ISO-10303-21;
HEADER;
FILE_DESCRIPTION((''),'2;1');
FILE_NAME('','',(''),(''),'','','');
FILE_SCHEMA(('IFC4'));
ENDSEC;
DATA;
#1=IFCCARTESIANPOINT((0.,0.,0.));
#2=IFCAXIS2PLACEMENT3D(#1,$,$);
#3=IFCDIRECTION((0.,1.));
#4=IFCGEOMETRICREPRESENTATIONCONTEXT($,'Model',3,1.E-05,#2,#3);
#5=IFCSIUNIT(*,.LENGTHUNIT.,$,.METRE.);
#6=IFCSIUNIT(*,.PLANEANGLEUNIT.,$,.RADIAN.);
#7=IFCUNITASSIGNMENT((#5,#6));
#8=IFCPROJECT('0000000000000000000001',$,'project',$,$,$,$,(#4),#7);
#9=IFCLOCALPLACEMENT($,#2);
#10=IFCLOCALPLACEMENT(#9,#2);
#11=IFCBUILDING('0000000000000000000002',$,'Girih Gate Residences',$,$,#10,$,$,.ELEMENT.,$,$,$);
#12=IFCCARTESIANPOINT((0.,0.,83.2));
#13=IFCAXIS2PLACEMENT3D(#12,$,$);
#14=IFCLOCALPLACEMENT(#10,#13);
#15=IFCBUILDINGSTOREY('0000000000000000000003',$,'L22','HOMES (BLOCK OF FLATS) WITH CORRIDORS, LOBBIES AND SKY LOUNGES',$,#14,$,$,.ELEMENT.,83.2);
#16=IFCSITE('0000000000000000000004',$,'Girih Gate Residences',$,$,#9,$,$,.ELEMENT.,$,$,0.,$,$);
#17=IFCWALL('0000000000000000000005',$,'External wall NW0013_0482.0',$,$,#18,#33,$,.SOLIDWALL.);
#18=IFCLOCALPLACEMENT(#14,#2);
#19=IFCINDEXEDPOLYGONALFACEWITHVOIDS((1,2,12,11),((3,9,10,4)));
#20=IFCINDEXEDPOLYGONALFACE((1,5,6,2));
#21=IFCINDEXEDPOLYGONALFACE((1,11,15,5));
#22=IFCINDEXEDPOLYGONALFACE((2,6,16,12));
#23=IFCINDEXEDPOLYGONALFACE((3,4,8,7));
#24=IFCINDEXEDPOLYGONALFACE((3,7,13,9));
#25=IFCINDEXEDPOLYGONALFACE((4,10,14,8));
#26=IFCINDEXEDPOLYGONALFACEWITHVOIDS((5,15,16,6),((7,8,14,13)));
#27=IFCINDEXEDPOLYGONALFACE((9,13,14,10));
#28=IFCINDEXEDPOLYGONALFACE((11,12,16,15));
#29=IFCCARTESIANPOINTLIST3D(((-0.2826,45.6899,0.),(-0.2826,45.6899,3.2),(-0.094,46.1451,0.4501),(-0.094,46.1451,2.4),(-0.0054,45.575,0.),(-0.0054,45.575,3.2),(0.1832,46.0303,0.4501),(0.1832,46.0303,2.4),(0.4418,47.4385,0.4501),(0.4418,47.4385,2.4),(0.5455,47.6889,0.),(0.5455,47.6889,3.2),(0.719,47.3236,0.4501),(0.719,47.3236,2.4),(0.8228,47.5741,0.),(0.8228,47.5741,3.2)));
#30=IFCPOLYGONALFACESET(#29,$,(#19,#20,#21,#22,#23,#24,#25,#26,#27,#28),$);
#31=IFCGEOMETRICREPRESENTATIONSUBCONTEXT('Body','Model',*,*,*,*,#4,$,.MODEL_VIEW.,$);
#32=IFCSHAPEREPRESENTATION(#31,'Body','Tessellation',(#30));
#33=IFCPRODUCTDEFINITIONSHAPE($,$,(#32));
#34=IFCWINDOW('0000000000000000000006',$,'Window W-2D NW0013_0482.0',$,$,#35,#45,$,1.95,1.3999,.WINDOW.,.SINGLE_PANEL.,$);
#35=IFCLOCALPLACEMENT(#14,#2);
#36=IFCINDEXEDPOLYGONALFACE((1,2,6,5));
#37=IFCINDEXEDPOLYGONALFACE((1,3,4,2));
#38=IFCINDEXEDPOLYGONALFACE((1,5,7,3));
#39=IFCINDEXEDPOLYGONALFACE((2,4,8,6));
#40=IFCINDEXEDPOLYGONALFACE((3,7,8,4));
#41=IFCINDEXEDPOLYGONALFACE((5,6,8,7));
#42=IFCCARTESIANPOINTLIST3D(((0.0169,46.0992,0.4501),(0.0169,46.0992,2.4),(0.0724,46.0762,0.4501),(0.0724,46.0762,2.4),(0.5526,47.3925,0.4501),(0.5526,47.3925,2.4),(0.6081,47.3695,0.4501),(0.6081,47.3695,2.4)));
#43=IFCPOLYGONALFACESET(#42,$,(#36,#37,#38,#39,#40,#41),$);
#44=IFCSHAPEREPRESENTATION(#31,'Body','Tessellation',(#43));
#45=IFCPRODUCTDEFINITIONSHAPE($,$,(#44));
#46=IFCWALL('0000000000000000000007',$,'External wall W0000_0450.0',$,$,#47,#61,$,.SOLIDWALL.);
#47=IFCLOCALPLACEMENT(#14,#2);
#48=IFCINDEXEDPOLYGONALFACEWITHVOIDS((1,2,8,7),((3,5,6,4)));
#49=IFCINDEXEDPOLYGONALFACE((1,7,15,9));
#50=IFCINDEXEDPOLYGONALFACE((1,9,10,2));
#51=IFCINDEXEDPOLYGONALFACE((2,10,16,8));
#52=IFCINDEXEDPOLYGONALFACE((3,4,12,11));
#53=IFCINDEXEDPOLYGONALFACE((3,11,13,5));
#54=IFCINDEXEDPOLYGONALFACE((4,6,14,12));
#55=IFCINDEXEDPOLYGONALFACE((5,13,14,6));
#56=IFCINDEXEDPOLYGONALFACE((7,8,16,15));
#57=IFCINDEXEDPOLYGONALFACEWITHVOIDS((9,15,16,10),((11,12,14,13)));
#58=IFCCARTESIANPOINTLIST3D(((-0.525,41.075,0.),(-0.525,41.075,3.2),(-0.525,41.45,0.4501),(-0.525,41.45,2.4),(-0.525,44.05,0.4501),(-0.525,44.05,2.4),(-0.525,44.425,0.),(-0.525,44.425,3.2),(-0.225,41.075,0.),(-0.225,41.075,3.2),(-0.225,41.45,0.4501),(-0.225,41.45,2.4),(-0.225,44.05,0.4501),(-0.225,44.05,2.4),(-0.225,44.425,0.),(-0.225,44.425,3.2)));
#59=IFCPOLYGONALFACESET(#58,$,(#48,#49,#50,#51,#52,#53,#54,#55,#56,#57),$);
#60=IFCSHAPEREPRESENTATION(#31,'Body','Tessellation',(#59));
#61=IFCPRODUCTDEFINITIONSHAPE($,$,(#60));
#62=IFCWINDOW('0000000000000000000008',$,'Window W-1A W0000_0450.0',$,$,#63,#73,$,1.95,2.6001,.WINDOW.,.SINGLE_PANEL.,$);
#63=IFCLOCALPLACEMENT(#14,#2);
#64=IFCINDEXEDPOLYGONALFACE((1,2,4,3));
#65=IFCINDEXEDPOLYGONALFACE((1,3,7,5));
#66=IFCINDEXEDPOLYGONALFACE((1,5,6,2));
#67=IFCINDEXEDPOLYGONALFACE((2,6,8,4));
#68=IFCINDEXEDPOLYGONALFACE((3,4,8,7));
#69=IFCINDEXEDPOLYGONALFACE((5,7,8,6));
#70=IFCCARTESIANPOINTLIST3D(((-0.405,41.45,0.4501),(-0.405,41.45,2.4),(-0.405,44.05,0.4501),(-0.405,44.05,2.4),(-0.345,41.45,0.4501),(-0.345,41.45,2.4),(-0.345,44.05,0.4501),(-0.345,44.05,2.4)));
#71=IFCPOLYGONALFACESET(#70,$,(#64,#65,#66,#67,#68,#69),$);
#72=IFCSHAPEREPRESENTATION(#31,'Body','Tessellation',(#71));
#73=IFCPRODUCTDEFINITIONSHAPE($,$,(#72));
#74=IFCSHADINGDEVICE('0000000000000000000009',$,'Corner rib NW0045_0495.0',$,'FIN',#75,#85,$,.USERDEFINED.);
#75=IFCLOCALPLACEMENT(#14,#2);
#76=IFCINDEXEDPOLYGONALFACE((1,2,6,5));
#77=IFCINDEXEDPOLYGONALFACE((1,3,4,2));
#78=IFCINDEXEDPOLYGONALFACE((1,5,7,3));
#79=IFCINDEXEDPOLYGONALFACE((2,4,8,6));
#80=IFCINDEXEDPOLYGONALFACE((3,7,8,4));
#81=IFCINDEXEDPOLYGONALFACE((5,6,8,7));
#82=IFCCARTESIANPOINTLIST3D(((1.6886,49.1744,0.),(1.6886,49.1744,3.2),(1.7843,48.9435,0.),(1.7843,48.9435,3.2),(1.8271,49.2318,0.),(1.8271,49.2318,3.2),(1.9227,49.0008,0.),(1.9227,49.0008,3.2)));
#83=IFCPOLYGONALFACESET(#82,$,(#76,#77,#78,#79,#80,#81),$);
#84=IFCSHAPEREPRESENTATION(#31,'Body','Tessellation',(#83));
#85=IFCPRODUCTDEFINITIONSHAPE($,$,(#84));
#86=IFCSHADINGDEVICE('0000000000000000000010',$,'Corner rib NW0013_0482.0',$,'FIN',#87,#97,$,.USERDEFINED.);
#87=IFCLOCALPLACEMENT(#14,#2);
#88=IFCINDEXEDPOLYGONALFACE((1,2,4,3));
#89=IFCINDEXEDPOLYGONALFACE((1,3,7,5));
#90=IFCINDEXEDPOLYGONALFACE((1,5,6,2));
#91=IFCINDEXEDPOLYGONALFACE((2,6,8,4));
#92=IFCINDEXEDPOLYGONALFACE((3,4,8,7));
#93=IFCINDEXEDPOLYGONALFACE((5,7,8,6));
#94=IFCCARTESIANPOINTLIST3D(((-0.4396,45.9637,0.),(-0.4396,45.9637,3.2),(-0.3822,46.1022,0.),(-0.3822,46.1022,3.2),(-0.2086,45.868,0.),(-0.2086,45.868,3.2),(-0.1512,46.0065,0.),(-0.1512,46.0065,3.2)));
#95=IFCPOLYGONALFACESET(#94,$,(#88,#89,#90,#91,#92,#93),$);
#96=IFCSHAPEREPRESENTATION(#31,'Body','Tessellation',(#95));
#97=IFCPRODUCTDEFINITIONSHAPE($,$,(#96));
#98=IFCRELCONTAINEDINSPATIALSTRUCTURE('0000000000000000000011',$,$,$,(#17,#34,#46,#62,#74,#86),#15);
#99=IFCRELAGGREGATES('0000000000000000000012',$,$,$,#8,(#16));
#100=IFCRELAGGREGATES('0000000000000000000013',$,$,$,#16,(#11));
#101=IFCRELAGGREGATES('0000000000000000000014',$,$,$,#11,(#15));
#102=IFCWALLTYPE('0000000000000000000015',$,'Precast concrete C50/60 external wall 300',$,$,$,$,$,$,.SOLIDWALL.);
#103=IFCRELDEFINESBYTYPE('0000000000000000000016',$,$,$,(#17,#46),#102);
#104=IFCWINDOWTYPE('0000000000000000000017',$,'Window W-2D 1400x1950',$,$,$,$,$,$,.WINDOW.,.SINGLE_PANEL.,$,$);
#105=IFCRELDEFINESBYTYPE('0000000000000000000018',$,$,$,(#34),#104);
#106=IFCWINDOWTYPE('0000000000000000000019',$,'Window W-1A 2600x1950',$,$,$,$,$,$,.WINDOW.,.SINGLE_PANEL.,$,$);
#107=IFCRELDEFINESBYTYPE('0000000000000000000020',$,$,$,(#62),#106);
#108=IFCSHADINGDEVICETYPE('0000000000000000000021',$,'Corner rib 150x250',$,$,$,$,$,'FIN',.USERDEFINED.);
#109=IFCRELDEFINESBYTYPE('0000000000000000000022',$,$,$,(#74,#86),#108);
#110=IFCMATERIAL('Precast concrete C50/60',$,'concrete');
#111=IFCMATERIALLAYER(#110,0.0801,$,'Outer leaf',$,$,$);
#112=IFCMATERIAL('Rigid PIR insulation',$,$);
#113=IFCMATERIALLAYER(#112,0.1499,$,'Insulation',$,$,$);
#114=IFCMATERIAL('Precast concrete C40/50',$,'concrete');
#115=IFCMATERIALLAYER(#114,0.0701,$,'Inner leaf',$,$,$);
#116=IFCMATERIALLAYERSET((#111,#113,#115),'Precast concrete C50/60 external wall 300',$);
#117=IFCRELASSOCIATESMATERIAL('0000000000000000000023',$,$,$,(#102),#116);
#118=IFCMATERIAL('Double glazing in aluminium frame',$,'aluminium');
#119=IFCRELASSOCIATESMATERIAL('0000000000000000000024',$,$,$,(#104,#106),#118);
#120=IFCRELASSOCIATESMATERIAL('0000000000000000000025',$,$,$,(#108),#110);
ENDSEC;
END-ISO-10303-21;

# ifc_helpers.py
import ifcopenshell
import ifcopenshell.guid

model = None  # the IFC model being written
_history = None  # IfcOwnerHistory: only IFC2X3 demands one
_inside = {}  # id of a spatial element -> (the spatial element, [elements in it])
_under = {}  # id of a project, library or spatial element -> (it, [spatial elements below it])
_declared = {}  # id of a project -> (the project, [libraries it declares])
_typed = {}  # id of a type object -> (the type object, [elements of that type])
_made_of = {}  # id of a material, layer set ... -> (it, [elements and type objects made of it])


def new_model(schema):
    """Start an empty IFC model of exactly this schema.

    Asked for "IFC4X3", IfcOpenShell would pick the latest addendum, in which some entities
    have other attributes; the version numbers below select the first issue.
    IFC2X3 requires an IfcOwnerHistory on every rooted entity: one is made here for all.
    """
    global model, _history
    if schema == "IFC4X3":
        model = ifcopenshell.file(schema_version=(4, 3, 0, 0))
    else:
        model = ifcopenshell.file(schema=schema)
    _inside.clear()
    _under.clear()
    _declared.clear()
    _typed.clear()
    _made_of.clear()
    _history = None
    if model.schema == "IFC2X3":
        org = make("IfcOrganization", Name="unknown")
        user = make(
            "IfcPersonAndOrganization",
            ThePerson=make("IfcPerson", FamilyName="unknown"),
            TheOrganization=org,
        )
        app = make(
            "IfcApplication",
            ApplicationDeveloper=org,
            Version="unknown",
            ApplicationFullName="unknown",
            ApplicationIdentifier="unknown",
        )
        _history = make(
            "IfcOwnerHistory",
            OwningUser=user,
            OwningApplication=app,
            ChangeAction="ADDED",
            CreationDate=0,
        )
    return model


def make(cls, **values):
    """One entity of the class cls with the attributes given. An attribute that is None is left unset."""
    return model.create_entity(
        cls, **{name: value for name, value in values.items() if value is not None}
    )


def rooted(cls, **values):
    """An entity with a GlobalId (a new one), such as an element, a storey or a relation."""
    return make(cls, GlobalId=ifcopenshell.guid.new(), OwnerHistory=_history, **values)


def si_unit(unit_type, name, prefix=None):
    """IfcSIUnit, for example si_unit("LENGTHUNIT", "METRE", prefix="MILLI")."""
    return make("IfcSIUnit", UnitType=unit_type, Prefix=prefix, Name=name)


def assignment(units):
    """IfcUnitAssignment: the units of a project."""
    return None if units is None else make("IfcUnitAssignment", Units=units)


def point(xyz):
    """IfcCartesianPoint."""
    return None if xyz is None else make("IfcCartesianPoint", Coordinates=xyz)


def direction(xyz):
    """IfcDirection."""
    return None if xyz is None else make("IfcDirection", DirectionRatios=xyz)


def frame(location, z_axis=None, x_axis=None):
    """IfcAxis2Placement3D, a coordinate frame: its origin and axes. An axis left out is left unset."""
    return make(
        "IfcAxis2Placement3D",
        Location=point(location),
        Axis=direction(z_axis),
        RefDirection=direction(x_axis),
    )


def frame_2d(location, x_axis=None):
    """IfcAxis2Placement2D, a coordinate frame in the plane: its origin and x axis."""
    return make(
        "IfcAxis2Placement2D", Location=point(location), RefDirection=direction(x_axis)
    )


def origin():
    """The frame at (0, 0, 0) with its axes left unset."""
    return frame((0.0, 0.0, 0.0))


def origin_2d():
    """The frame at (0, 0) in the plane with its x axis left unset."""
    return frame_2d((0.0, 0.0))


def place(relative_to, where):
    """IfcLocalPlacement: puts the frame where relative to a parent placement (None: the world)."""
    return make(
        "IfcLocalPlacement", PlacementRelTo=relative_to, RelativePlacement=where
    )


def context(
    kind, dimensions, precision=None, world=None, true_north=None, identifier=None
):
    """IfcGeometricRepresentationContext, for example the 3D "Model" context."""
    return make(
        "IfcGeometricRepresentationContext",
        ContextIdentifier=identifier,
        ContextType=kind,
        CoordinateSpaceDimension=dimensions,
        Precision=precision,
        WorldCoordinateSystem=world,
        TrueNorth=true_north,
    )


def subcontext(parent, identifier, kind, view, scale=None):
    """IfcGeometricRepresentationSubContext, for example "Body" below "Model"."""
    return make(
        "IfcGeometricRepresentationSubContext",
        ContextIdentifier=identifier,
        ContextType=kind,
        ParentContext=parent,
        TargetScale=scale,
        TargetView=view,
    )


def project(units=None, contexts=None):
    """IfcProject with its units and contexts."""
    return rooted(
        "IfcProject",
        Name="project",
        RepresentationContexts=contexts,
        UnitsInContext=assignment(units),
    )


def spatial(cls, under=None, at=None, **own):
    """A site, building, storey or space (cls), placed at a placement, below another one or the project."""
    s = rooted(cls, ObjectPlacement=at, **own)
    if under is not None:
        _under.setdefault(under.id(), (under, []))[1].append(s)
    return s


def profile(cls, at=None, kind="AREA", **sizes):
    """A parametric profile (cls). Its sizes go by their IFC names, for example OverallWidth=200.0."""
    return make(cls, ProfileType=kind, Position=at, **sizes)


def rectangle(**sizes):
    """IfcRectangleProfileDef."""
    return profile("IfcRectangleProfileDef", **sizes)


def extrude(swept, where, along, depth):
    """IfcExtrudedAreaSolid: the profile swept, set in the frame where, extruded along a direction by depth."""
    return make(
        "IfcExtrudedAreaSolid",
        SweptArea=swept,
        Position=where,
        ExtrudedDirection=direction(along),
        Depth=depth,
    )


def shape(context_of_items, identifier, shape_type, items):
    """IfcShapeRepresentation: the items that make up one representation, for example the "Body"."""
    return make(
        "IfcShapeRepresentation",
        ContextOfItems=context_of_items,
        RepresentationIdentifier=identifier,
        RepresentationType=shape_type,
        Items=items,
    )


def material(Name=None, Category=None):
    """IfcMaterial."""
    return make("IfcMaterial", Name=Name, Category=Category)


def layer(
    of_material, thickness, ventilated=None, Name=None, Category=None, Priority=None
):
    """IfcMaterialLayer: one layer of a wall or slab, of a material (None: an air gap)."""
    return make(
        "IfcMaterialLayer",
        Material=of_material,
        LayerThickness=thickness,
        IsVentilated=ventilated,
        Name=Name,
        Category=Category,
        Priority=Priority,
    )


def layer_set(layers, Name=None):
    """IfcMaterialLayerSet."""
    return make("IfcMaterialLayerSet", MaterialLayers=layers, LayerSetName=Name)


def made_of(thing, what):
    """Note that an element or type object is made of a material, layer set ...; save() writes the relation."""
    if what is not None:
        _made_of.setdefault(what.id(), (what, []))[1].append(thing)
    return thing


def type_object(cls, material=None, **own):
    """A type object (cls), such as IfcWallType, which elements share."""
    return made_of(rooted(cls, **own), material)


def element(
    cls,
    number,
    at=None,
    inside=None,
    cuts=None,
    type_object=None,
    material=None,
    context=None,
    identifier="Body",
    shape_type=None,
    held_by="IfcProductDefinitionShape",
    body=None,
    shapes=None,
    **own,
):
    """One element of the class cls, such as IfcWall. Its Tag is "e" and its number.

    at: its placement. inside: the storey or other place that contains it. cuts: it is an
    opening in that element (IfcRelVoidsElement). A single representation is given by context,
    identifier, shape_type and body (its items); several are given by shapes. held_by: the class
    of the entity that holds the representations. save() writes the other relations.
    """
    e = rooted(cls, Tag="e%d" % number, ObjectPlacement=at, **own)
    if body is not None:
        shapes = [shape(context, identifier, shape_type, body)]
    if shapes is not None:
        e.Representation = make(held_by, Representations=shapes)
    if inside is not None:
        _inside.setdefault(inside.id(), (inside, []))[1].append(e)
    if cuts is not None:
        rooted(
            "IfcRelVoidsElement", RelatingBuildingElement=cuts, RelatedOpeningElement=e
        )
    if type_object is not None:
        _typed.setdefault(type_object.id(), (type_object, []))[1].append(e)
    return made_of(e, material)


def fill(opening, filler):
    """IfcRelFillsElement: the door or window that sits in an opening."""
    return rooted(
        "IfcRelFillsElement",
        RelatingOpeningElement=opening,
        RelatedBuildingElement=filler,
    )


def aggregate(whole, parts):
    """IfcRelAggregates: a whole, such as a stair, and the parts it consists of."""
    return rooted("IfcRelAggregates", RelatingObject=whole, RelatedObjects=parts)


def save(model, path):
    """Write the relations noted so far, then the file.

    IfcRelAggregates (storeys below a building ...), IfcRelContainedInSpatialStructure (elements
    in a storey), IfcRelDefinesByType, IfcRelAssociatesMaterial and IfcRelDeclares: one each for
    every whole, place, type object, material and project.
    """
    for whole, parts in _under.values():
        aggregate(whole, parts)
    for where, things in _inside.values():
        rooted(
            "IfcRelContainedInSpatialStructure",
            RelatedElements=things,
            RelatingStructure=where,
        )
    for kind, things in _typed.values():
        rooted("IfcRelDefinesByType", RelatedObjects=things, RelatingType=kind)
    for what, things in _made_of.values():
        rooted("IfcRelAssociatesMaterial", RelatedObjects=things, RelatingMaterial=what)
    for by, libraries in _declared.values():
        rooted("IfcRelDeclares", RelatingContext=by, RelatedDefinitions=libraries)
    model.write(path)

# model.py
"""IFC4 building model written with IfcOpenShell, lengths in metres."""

from ifc_helpers import new_model, si_unit, direction, frame, frame_2d, origin, origin_2d, place, context, subcontext, project, spatial, rectangle, extrude, material, layer, layer_set, type_object, element, fill, save


model = new_model("IFC4")

# Units and contexts
model_context = context("Model", 3, precision=1e-05, world=origin(), true_north=direction((0.0, 1.0)))
body_context = subcontext(model_context, "Body", "Model", "MODEL_VIEW")
ifc_project = project(units=[si_unit("LENGTHUNIT", "METRE"), si_unit("PLANEANGLEUNIT", "RADIAN")], contexts=[model_context])

# Site, building, storey
site_placement = place(None, origin())
site = spatial("IfcSite", under=ifc_project, at=site_placement, Name="Girih Gate Residences", CompositionType="ELEMENT", RefElevation=0.0)
building_placement = place(site_placement, origin())
building = spatial("IfcBuilding", under=site, at=building_placement, Name="Girih Gate Residences", CompositionType="ELEMENT")
storey_placement = place(building_placement, frame((0.0, 0.0, 83.2)))
storey = spatial("IfcBuildingStorey", under=building, at=storey_placement, Name="L22", Description="HOMES (BLOCK OF FLATS) WITH CORRIDORS, LOBBIES AND SKY LOUNGES", CompositionType="ELEMENT", Elevation=83.2)

# Walls, openings, windows
ifc_material_1 = material(Name="Precast concrete C50/60", Category="concrete")
ifc_layer_1 = layer(ifc_material_1, 0.0801, Name="Outer leaf")
ifc_material_2 = material(Name="Rigid PIR insulation")
ifc_layer_2 = layer(ifc_material_2, 0.1499, Name="Insulation")
ifc_material_3 = material(Name="Precast concrete C40/50", Category="concrete")
ifc_layer_3 = layer(ifc_material_3, 0.0701, Name="Inner leaf")
ifc_layer_set_1 = layer_set([ifc_layer_1, ifc_layer_2, ifc_layer_3], Name="Precast concrete C50/60 external wall 300")
wall_type_1 = type_object("IfcWallType", Name="Precast concrete C50/60 external wall 300", PredefinedType="SOLIDWALL", material=ifc_layer_set_1)
ifc_material_4 = material(Name="Double glazing in aluminium frame", Category="aluminium")
window_type_1 = type_object("IfcWindowType", Name="Window W-2D 1400x1950", PartitioningType="SINGLE_PANEL", PredefinedType="WINDOW", material=ifc_material_4)
wall_1_placement = place(storey_placement, frame((-0.144, 45.6323, 0.0), z_axis=(0.0, 0.0, 1.0), x_axis=(0.382724, 0.923863, 0.0)))
wall_1 = element("IfcWall", 1, at=wall_1_placement, inside=storey, type_object=wall_type_1, Name="External wall NW0013_0482.0", PredefinedType="SOLIDWALL", context=body_context, shape_type="SweptSolid", body=[
    extrude(rectangle(XDim=2.1638, YDim=0.3, at=frame_2d((1.082, 0.0))), origin(), (0.0, 0.0, 1.0), 3.2),
])
opening_1_placement = place(wall_1_placement, frame((0.4929, 0.0, 0.45)))
opening_1 = element("IfcOpeningElement", 2, at=opening_1_placement, cuts=wall_1, PredefinedType="OPENING", context=body_context, shape_type="SweptSolid", body=[
    extrude(rectangle(XDim=1.3999, YDim=1.95, at=frame_2d((0.7, 0.9751))), frame((0.0, 0.1599, 0.0), z_axis=(0.0, -1.0, 0.0), x_axis=(1.0, 0.0, 0.0)), (0.0, 0.0, 1.0), 0.3201),
])
window_1_placement = place(opening_1_placement, origin())
window_1 = element("IfcWindow", 3, at=window_1_placement, inside=storey, type_object=window_type_1, Name="Window W-2D NW0013_0482.0", OverallHeight=1.95, OverallWidth=1.3999, PartitioningType="SINGLE_PANEL", PredefinedType="WINDOW", context=body_context, shape_type="SweptSolid", body=[
    extrude(rectangle(XDim=1.3999, YDim=1.95, at=frame_2d((0.7, 0.9751))), frame((0.0, 0.03, 0.0), z_axis=(0.0, -1.0, 0.0), x_axis=(1.0, 0.0, 0.0)), (0.0, 0.0, 1.0), 0.0601),
])
fill(opening_1, window_1)
wall_2_placement = place(storey_placement, frame((-0.375, 41.075, 0.0), z_axis=(0.0, 0.0, 1.0), x_axis=(0.0, 1.0, 0.0)))
wall_2 = element("IfcWall", 4, at=wall_2_placement, inside=storey, type_object=wall_type_1, Name="External wall W0000_0450.0", PredefinedType="SOLIDWALL", context=body_context, shape_type="SweptSolid", body=[
    extrude(rectangle(XDim=3.3501, YDim=0.3, at=frame_2d((1.675, 0.0))), origin(), (0.0, 0.0, 1.0), 3.2),
])
opening_2_placement = place(wall_2_placement, frame((0.375, 0.0, 0.45)))
opening_2 = element("IfcOpeningElement", 5, at=opening_2_placement, cuts=wall_2, PredefinedType="OPENING", context=body_context, shape_type="SweptSolid", body=[
    extrude(rectangle(XDim=2.6001, YDim=1.95, at=frame_2d((1.3, 0.9751))), frame((0.0, 0.1599, 0.0), z_axis=(0.0, -1.0, 0.0), x_axis=(1.0, 0.0, 0.0)), (0.0, 0.0, 1.0), 0.3201),
])
window_type_2 = type_object("IfcWindowType", Name="Window W-1A 2600x1950", PartitioningType="SINGLE_PANEL", PredefinedType="WINDOW", material=ifc_material_4)
window_2_placement = place(opening_2_placement, origin())
window_2 = element("IfcWindow", 6, at=window_2_placement, inside=storey, type_object=window_type_2, Name="Window W-1A W0000_0450.0", OverallHeight=1.95, OverallWidth=2.6001, PartitioningType="SINGLE_PANEL", PredefinedType="WINDOW", context=body_context, shape_type="SweptSolid", body=[
    extrude(rectangle(XDim=2.6001, YDim=1.95, at=frame_2d((1.3, 0.9751))), frame((0.0, 0.03, 0.0), z_axis=(0.0, -1.0, 0.0), x_axis=(1.0, 0.0, 0.0)), (0.0, 0.0, 1.0), 0.0601),
])
fill(opening_2, window_2)

# Shading devices
shading_device_type = type_object("IfcShadingDeviceType", Name="Corner rib 150x250", ElementType="FIN", PredefinedType="USERDEFINED", material=ifc_material_1)
for number, where, z_axis, x_axis, name in (
    (7, (1.8057, 49.0876, 0.0), (0.0, 0.0, 1.0), (-0.92388, -0.382683, 0.0), "Corner rib NW0045_0495.0"),
    (8, (-0.2954, 45.9851, 0.0), (0.0, 0.0, 1.0), (-0.382683, -0.92388, 0.0), "Corner rib NW0013_0482.0"),
):
    element("IfcShadingDevice", number, at=place(storey_placement, frame(where, z_axis=z_axis, x_axis=x_axis)), inside=storey, type_object=shading_device_type, Name=name, ObjectType="FIN", PredefinedType="USERDEFINED", context=body_context, shape_type="SweptSolid", body=[
        extrude(rectangle(XDim=0.1499, YDim=0.25, at=origin_2d()), origin(), (0.0, 0.0, 1.0), 3.2),
    ])

save(model, "model.ifc")
